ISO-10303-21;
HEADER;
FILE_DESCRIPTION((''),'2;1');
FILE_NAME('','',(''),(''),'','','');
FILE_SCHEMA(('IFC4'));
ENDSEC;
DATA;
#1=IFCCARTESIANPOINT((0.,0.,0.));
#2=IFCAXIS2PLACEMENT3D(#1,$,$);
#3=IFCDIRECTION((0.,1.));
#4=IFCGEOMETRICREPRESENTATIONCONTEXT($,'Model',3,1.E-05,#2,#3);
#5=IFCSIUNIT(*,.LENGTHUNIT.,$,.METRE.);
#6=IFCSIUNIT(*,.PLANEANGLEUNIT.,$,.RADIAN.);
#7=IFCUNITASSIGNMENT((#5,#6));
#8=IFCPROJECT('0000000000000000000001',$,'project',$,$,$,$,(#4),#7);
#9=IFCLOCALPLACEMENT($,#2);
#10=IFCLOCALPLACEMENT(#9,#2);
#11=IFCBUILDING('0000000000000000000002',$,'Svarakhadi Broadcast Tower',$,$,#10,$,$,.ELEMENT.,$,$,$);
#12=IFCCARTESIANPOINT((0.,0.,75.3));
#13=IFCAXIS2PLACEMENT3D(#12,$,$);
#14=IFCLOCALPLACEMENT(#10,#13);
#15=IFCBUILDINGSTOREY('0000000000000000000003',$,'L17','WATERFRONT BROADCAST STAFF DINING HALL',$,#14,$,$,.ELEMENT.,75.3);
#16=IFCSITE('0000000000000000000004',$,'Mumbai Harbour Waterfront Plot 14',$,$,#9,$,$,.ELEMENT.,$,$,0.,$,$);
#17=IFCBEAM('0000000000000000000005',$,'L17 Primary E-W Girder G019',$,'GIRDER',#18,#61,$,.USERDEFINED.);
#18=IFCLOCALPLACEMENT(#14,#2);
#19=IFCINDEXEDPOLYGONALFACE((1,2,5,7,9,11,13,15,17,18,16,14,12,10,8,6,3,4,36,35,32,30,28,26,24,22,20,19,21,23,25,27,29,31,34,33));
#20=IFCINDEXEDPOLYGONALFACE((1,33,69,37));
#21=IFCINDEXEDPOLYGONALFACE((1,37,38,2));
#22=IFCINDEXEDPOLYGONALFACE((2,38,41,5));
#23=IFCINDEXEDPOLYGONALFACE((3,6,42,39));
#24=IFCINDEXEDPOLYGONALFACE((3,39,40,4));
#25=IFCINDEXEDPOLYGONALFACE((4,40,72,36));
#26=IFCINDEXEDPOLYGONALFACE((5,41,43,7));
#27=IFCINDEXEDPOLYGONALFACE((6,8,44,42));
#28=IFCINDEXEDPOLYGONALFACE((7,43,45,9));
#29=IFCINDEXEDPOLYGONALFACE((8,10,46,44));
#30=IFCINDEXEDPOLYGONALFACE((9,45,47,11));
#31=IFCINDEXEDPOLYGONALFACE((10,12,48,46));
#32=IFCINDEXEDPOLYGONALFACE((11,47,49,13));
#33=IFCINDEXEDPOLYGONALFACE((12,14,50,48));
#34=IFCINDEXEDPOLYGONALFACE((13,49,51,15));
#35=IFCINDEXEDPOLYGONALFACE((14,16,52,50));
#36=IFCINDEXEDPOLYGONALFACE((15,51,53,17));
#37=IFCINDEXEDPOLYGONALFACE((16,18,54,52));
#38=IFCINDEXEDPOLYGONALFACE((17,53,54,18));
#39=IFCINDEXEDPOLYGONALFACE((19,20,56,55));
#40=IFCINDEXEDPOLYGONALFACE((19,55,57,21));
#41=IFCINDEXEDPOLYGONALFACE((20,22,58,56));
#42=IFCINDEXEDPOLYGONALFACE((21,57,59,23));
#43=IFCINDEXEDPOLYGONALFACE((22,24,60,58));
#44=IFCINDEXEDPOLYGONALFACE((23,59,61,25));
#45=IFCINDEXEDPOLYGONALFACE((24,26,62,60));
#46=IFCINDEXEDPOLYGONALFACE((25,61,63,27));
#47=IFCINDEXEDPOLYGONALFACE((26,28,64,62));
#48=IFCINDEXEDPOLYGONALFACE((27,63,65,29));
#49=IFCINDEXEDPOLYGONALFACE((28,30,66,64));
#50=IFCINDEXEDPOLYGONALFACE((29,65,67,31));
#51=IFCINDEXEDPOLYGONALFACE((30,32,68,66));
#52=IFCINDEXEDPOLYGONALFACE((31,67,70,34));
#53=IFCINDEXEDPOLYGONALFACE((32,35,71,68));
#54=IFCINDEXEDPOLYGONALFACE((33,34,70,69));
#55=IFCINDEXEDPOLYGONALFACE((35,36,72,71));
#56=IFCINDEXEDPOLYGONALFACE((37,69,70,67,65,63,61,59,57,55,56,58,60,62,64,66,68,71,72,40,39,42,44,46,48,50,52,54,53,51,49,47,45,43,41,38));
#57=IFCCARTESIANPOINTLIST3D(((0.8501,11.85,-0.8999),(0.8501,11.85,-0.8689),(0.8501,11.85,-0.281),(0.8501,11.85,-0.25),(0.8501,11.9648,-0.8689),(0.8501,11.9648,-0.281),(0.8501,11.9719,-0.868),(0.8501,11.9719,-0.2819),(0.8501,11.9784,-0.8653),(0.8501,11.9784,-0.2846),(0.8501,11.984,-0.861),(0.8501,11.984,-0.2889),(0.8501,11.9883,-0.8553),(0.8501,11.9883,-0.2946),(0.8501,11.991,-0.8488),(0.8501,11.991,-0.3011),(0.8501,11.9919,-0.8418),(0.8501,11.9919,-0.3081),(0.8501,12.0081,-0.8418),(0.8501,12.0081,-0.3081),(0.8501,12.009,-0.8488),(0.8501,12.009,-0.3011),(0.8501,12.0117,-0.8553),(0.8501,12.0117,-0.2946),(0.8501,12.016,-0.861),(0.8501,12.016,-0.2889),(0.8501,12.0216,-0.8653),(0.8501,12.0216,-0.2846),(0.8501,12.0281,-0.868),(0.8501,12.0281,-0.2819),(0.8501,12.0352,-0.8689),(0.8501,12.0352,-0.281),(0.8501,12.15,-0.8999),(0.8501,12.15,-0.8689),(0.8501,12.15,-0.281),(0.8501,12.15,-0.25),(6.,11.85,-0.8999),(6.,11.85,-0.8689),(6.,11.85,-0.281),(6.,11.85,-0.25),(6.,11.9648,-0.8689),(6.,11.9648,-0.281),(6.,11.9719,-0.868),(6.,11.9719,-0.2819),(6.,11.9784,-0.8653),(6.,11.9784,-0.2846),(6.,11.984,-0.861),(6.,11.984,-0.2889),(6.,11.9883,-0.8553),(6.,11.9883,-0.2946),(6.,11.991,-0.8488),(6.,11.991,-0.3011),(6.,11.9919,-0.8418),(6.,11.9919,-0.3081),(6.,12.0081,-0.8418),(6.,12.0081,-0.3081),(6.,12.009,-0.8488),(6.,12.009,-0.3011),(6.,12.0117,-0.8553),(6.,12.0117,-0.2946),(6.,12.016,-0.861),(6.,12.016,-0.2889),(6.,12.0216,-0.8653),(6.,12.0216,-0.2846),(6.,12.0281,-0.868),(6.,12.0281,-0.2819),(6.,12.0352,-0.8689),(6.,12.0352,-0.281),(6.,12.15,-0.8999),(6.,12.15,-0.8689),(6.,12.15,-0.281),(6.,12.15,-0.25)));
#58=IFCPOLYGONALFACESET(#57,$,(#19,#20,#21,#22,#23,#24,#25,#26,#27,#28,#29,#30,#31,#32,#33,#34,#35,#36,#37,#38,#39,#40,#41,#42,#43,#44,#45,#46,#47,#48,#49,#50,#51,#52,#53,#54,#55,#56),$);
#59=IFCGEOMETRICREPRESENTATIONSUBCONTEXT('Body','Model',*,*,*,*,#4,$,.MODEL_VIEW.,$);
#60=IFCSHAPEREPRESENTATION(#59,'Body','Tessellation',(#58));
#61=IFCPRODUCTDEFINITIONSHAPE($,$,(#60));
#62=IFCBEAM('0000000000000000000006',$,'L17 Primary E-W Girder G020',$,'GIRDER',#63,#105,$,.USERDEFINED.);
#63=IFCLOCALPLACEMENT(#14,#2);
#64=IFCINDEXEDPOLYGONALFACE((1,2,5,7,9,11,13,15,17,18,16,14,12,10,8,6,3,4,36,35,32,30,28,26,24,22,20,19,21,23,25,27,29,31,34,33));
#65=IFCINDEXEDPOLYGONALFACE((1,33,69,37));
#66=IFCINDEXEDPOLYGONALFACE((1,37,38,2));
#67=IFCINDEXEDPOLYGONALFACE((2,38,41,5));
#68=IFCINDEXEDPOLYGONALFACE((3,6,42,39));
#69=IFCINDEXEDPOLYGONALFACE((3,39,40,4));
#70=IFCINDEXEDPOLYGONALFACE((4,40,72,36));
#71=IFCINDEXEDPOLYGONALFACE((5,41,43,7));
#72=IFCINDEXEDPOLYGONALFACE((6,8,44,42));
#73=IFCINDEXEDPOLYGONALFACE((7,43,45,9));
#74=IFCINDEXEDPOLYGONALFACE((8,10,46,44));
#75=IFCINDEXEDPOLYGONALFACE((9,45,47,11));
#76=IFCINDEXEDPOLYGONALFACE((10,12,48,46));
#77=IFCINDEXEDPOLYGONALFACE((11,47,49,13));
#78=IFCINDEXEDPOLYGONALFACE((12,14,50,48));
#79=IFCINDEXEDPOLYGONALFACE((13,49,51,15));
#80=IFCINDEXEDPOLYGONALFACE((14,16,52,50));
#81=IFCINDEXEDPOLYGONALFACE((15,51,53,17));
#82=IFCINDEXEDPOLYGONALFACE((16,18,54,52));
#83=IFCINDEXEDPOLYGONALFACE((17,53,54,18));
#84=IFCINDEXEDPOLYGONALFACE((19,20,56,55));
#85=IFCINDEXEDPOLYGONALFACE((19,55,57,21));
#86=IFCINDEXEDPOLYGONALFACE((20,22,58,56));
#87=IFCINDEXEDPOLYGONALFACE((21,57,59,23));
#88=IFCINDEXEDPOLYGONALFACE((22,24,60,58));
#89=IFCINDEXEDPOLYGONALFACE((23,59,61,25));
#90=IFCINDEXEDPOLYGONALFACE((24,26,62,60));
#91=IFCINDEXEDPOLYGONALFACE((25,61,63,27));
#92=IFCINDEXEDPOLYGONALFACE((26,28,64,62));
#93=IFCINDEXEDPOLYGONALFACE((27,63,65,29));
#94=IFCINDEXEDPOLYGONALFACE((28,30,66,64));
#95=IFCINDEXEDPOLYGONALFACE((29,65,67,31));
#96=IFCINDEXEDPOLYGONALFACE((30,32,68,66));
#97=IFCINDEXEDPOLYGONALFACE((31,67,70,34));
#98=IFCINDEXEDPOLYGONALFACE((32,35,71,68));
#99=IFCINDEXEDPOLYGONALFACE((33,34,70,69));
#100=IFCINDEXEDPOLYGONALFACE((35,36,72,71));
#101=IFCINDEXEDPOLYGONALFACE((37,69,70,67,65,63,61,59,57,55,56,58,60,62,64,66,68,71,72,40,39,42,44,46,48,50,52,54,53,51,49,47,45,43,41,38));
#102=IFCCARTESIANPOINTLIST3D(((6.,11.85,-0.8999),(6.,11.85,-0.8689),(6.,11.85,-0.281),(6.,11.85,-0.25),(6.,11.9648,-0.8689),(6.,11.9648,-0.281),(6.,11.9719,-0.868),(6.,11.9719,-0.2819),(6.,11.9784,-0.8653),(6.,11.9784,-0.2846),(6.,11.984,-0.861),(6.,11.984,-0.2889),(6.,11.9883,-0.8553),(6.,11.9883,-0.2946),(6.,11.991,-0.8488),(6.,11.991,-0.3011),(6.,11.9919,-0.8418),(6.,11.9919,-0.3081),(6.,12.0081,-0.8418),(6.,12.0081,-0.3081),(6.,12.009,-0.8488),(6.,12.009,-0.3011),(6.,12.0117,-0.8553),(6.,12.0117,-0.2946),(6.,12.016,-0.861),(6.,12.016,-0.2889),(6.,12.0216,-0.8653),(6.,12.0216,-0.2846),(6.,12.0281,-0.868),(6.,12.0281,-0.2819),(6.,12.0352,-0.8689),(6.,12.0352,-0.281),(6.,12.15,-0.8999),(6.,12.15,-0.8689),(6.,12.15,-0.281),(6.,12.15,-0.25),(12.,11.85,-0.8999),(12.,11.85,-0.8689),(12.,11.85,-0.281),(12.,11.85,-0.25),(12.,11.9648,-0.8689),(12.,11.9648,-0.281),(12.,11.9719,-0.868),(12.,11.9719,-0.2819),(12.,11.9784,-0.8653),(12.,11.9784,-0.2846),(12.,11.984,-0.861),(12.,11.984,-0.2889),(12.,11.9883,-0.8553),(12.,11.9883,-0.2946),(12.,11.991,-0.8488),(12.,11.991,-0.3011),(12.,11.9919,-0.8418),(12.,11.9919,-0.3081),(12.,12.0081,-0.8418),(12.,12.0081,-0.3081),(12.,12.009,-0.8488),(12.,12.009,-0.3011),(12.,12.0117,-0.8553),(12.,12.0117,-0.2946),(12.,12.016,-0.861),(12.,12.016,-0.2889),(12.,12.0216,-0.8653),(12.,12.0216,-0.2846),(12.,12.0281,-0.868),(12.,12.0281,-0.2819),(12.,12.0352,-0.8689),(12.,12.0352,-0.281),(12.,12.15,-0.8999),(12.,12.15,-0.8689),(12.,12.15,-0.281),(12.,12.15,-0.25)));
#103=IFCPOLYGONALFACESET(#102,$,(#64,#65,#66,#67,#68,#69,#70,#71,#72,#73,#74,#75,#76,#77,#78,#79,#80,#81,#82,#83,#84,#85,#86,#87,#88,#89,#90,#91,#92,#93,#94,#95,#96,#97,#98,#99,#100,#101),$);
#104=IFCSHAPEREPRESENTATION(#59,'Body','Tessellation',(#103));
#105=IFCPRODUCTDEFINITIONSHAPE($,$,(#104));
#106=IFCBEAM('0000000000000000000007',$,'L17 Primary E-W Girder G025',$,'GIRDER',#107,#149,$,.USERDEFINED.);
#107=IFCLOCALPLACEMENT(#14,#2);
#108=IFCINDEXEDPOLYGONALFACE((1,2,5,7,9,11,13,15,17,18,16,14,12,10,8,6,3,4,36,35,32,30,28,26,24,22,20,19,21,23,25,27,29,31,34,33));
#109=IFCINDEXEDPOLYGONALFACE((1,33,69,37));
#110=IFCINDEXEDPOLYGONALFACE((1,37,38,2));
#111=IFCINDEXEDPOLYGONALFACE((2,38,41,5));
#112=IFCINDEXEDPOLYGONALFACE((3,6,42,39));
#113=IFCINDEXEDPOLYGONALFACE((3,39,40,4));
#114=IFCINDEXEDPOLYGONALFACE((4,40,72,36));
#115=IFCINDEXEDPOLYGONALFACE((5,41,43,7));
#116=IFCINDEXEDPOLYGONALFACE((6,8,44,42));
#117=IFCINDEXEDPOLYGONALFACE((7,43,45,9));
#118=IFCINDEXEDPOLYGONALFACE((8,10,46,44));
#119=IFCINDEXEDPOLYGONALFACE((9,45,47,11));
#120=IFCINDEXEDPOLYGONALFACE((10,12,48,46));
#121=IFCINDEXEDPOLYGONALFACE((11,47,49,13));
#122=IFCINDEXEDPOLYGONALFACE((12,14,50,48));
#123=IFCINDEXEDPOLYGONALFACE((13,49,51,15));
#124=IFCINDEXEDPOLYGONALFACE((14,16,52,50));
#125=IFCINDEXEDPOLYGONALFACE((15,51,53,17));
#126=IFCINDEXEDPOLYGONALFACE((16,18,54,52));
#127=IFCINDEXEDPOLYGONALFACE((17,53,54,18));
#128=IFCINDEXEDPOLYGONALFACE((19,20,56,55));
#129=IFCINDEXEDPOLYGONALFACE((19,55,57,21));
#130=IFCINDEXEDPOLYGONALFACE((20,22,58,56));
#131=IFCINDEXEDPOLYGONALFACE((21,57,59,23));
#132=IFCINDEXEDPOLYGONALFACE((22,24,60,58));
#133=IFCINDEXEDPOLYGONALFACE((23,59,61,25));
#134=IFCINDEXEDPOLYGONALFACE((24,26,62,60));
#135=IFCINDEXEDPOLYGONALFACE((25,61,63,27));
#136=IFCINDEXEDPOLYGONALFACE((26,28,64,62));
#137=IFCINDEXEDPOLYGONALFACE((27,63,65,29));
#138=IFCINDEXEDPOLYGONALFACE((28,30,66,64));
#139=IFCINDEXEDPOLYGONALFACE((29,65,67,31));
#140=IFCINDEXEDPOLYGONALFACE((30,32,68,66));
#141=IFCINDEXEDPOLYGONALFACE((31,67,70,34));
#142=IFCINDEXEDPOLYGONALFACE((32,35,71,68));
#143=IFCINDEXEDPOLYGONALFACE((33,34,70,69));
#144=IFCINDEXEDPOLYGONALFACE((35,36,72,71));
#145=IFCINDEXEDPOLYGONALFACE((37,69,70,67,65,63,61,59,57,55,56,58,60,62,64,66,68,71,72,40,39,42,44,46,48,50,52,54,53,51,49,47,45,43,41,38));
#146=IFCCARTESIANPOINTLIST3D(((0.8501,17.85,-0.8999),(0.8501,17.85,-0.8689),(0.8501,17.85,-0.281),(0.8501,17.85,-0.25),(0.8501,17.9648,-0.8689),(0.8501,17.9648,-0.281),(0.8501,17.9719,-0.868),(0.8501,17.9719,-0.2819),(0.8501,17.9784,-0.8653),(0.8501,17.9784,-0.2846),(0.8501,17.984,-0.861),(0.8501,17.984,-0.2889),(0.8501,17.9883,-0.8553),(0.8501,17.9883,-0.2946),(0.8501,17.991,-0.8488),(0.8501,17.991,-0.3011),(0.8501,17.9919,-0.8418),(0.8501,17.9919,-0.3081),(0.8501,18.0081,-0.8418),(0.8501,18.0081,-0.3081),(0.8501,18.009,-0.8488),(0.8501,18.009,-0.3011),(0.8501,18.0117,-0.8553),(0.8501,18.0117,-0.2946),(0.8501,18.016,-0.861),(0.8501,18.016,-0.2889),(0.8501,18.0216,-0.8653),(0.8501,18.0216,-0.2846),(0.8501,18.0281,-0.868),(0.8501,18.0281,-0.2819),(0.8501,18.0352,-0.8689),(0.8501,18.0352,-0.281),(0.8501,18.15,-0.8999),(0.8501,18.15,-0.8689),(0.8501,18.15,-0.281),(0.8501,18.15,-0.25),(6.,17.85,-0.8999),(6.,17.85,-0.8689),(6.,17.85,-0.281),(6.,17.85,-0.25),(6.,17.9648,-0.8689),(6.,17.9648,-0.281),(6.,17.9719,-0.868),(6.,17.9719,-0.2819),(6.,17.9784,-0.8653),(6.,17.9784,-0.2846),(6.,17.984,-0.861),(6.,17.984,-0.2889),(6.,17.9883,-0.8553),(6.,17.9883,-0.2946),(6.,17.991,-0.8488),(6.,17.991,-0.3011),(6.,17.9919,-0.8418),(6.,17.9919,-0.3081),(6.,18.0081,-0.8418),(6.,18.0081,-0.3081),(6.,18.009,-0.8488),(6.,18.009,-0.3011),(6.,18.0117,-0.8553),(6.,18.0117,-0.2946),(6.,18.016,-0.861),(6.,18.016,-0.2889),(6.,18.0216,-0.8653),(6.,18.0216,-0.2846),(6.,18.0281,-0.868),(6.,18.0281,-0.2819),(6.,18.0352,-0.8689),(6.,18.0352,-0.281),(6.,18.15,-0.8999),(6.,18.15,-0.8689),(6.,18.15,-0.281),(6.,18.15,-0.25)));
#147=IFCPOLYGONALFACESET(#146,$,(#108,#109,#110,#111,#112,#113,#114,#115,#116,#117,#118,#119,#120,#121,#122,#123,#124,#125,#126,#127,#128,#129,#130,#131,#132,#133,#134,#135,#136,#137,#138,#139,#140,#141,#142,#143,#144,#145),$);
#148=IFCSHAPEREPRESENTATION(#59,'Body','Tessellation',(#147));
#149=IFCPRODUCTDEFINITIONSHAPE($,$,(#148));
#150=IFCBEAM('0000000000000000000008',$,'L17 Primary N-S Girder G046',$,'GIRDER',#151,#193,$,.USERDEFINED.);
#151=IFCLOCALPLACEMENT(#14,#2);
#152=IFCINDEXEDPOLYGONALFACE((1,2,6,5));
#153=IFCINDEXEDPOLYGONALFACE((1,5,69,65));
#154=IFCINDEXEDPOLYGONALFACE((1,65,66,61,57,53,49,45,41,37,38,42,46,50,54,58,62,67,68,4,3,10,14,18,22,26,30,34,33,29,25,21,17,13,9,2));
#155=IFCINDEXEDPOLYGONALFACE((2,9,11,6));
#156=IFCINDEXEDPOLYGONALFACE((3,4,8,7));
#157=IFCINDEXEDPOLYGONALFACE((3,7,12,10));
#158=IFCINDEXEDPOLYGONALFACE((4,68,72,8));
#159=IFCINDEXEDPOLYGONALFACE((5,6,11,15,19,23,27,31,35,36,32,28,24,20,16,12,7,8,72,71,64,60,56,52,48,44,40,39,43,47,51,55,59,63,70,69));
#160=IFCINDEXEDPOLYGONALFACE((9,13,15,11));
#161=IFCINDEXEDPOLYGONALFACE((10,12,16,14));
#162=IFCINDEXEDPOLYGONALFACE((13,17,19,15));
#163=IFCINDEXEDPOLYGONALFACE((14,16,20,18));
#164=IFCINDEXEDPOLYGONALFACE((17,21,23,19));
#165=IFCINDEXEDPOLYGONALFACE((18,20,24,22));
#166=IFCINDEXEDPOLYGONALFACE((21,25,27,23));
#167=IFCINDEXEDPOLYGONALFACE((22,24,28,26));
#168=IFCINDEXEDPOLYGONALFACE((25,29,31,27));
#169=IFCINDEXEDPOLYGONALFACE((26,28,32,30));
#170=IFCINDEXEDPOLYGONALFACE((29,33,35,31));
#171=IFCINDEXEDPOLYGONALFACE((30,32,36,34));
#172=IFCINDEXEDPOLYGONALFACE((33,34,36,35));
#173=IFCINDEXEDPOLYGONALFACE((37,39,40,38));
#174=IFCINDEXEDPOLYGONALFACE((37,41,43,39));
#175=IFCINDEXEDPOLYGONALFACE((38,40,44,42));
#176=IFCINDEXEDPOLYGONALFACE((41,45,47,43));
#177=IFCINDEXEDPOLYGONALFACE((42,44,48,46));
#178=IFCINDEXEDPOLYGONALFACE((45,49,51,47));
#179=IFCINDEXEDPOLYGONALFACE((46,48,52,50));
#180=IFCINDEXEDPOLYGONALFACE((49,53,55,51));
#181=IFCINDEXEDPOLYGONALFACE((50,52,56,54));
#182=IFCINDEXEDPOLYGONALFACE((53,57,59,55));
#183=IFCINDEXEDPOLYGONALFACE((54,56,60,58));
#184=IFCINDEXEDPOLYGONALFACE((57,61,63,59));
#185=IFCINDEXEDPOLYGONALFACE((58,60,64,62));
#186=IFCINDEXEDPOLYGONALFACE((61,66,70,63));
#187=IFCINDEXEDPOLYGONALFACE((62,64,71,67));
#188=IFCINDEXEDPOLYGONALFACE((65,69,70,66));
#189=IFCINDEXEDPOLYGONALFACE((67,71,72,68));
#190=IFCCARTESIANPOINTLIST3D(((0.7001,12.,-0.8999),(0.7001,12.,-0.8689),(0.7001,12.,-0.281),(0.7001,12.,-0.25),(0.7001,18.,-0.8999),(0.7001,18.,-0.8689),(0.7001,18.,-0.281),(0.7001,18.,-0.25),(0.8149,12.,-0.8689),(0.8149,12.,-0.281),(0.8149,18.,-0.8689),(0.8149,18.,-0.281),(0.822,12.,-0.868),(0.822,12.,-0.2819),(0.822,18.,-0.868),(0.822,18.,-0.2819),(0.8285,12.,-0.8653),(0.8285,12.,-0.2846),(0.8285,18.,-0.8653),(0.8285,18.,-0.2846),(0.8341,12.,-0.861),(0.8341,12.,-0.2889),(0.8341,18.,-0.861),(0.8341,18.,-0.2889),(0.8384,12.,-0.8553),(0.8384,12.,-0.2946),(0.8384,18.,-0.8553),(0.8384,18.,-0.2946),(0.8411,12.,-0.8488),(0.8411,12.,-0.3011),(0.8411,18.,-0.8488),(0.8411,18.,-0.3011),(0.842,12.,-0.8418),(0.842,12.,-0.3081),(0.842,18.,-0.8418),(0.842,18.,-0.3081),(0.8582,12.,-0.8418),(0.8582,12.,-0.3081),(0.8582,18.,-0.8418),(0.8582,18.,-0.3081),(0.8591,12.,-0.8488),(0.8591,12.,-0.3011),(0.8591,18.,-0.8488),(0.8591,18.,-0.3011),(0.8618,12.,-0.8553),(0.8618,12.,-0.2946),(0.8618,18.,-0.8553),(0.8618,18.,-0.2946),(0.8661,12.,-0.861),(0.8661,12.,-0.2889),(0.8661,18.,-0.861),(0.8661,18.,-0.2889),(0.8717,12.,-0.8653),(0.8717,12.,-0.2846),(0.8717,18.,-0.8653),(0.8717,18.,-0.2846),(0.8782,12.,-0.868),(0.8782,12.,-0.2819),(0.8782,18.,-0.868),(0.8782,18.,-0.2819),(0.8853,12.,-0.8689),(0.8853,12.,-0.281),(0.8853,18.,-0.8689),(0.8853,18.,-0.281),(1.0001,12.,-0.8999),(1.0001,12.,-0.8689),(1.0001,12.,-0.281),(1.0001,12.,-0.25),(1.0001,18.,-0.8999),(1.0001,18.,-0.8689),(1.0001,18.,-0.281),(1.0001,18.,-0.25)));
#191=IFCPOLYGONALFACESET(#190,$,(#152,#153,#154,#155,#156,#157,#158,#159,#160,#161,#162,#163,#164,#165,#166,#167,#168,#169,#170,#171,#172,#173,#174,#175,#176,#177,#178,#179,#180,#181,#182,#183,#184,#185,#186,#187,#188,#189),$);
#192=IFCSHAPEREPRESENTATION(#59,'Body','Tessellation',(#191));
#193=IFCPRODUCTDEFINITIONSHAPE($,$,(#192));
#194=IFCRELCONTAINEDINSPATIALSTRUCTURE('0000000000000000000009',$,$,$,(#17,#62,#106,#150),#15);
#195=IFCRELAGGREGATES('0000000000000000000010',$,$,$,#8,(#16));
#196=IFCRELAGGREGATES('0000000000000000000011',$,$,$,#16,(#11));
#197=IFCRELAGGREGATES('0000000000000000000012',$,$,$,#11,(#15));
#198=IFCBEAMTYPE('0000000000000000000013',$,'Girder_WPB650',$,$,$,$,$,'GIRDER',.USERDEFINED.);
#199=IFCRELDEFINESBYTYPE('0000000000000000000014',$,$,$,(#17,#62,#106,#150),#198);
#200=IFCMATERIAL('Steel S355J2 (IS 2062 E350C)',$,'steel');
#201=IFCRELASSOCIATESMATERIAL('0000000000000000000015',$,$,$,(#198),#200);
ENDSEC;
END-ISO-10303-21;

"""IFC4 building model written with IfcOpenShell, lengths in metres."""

from ifc_helpers import new_model, si_unit, direction, frame, origin, origin_2d, place, context, subcontext, project, spatial, i_section, extrude, material, material_profile, profile_set, type_object, element, save


model = new_model("IFC4")

# Units and contexts
model_context = context("Model", 3, precision=1e-05, world=origin(), true_north=direction((0.0, 1.0)))
body_context = subcontext(model_context, "Body", "Model", "MODEL_VIEW")
ifc_project = project(units=[si_unit("LENGTHUNIT", "METRE"), si_unit("PLANEANGLEUNIT", "RADIAN")], contexts=[model_context])

# Site, building, storey
site_placement = place(None, origin())
site = spatial("IfcSite", under=ifc_project, at=site_placement, Name="Mumbai Harbour Waterfront Plot 14", CompositionType="ELEMENT", RefElevation=0.0)
building_placement = place(site_placement, origin())
building = spatial("IfcBuilding", under=site, at=building_placement, Name="Svarakhadi Broadcast Tower", CompositionType="ELEMENT")
storey_placement = place(building_placement, frame((0.0, 0.0, 75.3)))
storey = spatial("IfcBuildingStorey", under=building, at=storey_placement, Name="L17", Description="WATERFRONT BROADCAST STAFF DINING HALL", CompositionType="ELEMENT", Elevation=75.3)

# Shared definitions
ifc_material_1 = material(Name="Steel S355J2 (IS 2062 E350C)", Category="steel")

# Beams
ifc_material_profile_1 = material_profile(ifc_material_1, i_section(OverallWidth=0.3, OverallDepth=0.6499, WebThickness=0.0161, FlangeThickness=0.031, FilletRadius=0.0271, at=origin_2d()), Name="WPB 650x300x225")
ifc_profile_set_1 = profile_set([ifc_material_profile_1], Name="Steel S355J2 (IS 2062 E350C)")
beam_type_1 = type_object("IfcBeamType", Name="Girder_WPB650", ElementType="GIRDER", PredefinedType="USERDEFINED", material=ifc_profile_set_1)
beam_1_placement = place(storey_placement, frame((0.8501, 12.0, -0.575), z_axis=(1.0, 0.0, 0.0), x_axis=(0.0, 1.0, 0.0)))
element("IfcBeam", 1, at=beam_1_placement, inside=storey, type_object=beam_type_1, Name="L17 Primary E-W Girder G019", ObjectType="GIRDER", PredefinedType="USERDEFINED", context=body_context, shape_type="SweptSolid", body=[
    extrude(i_section(OverallWidth=0.3, OverallDepth=0.6499, WebThickness=0.0161, FlangeThickness=0.031, FilletRadius=0.0271, at=origin_2d()), origin(), (0.0, 0.0, 1.0), 5.1499),
])
beam_2_placement = place(storey_placement, frame((6.0, 12.0, -0.575), z_axis=(1.0, 0.0, 0.0), x_axis=(0.0, 1.0, 0.0)))
element("IfcBeam", 2, at=beam_2_placement, inside=storey, type_object=beam_type_1, Name="L17 Primary E-W Girder G020", ObjectType="GIRDER", PredefinedType="USERDEFINED", context=body_context, shape_type="SweptSolid", body=[
    extrude(i_section(OverallWidth=0.3, OverallDepth=0.6499, WebThickness=0.0161, FlangeThickness=0.031, FilletRadius=0.0271, at=origin_2d()), origin(), (0.0, 0.0, 1.0), 6.0),
])
beam_3_placement = place(storey_placement, frame((0.8501, 18.0, -0.575), z_axis=(1.0, 0.0, 0.0), x_axis=(0.0, 1.0, 0.0)))
element("IfcBeam", 3, at=beam_3_placement, inside=storey, type_object=beam_type_1, Name="L17 Primary E-W Girder G025", ObjectType="GIRDER", PredefinedType="USERDEFINED", context=body_context, shape_type="SweptSolid", body=[
    extrude(i_section(OverallWidth=0.3, OverallDepth=0.6499, WebThickness=0.0161, FlangeThickness=0.031, FilletRadius=0.0271, at=origin_2d()), origin(), (0.0, 0.0, 1.0), 5.1499),
])
for number, where, z_axis, x_axis, name in (
    (4, (0.8501, 12.0, -0.575), (0.0, 1.0, 0.0), (-1.0, 0.0, 0.0), "L17 Primary N-S Girder G046"),
):
    element("IfcBeam", number, at=place(storey_placement, frame(where, z_axis=z_axis, x_axis=x_axis)), inside=storey, type_object=beam_type_1, Name=name, ObjectType="GIRDER", PredefinedType="USERDEFINED", context=body_context, shape_type="SweptSolid", body=[
        extrude(i_section(OverallWidth=0.3, OverallDepth=0.6499, WebThickness=0.0161, FlangeThickness=0.031, FilletRadius=0.0271, at=origin_2d()), origin(), (0.0, 0.0, 1.0), 6.0),
    ])

save(model, "model.ifc")
